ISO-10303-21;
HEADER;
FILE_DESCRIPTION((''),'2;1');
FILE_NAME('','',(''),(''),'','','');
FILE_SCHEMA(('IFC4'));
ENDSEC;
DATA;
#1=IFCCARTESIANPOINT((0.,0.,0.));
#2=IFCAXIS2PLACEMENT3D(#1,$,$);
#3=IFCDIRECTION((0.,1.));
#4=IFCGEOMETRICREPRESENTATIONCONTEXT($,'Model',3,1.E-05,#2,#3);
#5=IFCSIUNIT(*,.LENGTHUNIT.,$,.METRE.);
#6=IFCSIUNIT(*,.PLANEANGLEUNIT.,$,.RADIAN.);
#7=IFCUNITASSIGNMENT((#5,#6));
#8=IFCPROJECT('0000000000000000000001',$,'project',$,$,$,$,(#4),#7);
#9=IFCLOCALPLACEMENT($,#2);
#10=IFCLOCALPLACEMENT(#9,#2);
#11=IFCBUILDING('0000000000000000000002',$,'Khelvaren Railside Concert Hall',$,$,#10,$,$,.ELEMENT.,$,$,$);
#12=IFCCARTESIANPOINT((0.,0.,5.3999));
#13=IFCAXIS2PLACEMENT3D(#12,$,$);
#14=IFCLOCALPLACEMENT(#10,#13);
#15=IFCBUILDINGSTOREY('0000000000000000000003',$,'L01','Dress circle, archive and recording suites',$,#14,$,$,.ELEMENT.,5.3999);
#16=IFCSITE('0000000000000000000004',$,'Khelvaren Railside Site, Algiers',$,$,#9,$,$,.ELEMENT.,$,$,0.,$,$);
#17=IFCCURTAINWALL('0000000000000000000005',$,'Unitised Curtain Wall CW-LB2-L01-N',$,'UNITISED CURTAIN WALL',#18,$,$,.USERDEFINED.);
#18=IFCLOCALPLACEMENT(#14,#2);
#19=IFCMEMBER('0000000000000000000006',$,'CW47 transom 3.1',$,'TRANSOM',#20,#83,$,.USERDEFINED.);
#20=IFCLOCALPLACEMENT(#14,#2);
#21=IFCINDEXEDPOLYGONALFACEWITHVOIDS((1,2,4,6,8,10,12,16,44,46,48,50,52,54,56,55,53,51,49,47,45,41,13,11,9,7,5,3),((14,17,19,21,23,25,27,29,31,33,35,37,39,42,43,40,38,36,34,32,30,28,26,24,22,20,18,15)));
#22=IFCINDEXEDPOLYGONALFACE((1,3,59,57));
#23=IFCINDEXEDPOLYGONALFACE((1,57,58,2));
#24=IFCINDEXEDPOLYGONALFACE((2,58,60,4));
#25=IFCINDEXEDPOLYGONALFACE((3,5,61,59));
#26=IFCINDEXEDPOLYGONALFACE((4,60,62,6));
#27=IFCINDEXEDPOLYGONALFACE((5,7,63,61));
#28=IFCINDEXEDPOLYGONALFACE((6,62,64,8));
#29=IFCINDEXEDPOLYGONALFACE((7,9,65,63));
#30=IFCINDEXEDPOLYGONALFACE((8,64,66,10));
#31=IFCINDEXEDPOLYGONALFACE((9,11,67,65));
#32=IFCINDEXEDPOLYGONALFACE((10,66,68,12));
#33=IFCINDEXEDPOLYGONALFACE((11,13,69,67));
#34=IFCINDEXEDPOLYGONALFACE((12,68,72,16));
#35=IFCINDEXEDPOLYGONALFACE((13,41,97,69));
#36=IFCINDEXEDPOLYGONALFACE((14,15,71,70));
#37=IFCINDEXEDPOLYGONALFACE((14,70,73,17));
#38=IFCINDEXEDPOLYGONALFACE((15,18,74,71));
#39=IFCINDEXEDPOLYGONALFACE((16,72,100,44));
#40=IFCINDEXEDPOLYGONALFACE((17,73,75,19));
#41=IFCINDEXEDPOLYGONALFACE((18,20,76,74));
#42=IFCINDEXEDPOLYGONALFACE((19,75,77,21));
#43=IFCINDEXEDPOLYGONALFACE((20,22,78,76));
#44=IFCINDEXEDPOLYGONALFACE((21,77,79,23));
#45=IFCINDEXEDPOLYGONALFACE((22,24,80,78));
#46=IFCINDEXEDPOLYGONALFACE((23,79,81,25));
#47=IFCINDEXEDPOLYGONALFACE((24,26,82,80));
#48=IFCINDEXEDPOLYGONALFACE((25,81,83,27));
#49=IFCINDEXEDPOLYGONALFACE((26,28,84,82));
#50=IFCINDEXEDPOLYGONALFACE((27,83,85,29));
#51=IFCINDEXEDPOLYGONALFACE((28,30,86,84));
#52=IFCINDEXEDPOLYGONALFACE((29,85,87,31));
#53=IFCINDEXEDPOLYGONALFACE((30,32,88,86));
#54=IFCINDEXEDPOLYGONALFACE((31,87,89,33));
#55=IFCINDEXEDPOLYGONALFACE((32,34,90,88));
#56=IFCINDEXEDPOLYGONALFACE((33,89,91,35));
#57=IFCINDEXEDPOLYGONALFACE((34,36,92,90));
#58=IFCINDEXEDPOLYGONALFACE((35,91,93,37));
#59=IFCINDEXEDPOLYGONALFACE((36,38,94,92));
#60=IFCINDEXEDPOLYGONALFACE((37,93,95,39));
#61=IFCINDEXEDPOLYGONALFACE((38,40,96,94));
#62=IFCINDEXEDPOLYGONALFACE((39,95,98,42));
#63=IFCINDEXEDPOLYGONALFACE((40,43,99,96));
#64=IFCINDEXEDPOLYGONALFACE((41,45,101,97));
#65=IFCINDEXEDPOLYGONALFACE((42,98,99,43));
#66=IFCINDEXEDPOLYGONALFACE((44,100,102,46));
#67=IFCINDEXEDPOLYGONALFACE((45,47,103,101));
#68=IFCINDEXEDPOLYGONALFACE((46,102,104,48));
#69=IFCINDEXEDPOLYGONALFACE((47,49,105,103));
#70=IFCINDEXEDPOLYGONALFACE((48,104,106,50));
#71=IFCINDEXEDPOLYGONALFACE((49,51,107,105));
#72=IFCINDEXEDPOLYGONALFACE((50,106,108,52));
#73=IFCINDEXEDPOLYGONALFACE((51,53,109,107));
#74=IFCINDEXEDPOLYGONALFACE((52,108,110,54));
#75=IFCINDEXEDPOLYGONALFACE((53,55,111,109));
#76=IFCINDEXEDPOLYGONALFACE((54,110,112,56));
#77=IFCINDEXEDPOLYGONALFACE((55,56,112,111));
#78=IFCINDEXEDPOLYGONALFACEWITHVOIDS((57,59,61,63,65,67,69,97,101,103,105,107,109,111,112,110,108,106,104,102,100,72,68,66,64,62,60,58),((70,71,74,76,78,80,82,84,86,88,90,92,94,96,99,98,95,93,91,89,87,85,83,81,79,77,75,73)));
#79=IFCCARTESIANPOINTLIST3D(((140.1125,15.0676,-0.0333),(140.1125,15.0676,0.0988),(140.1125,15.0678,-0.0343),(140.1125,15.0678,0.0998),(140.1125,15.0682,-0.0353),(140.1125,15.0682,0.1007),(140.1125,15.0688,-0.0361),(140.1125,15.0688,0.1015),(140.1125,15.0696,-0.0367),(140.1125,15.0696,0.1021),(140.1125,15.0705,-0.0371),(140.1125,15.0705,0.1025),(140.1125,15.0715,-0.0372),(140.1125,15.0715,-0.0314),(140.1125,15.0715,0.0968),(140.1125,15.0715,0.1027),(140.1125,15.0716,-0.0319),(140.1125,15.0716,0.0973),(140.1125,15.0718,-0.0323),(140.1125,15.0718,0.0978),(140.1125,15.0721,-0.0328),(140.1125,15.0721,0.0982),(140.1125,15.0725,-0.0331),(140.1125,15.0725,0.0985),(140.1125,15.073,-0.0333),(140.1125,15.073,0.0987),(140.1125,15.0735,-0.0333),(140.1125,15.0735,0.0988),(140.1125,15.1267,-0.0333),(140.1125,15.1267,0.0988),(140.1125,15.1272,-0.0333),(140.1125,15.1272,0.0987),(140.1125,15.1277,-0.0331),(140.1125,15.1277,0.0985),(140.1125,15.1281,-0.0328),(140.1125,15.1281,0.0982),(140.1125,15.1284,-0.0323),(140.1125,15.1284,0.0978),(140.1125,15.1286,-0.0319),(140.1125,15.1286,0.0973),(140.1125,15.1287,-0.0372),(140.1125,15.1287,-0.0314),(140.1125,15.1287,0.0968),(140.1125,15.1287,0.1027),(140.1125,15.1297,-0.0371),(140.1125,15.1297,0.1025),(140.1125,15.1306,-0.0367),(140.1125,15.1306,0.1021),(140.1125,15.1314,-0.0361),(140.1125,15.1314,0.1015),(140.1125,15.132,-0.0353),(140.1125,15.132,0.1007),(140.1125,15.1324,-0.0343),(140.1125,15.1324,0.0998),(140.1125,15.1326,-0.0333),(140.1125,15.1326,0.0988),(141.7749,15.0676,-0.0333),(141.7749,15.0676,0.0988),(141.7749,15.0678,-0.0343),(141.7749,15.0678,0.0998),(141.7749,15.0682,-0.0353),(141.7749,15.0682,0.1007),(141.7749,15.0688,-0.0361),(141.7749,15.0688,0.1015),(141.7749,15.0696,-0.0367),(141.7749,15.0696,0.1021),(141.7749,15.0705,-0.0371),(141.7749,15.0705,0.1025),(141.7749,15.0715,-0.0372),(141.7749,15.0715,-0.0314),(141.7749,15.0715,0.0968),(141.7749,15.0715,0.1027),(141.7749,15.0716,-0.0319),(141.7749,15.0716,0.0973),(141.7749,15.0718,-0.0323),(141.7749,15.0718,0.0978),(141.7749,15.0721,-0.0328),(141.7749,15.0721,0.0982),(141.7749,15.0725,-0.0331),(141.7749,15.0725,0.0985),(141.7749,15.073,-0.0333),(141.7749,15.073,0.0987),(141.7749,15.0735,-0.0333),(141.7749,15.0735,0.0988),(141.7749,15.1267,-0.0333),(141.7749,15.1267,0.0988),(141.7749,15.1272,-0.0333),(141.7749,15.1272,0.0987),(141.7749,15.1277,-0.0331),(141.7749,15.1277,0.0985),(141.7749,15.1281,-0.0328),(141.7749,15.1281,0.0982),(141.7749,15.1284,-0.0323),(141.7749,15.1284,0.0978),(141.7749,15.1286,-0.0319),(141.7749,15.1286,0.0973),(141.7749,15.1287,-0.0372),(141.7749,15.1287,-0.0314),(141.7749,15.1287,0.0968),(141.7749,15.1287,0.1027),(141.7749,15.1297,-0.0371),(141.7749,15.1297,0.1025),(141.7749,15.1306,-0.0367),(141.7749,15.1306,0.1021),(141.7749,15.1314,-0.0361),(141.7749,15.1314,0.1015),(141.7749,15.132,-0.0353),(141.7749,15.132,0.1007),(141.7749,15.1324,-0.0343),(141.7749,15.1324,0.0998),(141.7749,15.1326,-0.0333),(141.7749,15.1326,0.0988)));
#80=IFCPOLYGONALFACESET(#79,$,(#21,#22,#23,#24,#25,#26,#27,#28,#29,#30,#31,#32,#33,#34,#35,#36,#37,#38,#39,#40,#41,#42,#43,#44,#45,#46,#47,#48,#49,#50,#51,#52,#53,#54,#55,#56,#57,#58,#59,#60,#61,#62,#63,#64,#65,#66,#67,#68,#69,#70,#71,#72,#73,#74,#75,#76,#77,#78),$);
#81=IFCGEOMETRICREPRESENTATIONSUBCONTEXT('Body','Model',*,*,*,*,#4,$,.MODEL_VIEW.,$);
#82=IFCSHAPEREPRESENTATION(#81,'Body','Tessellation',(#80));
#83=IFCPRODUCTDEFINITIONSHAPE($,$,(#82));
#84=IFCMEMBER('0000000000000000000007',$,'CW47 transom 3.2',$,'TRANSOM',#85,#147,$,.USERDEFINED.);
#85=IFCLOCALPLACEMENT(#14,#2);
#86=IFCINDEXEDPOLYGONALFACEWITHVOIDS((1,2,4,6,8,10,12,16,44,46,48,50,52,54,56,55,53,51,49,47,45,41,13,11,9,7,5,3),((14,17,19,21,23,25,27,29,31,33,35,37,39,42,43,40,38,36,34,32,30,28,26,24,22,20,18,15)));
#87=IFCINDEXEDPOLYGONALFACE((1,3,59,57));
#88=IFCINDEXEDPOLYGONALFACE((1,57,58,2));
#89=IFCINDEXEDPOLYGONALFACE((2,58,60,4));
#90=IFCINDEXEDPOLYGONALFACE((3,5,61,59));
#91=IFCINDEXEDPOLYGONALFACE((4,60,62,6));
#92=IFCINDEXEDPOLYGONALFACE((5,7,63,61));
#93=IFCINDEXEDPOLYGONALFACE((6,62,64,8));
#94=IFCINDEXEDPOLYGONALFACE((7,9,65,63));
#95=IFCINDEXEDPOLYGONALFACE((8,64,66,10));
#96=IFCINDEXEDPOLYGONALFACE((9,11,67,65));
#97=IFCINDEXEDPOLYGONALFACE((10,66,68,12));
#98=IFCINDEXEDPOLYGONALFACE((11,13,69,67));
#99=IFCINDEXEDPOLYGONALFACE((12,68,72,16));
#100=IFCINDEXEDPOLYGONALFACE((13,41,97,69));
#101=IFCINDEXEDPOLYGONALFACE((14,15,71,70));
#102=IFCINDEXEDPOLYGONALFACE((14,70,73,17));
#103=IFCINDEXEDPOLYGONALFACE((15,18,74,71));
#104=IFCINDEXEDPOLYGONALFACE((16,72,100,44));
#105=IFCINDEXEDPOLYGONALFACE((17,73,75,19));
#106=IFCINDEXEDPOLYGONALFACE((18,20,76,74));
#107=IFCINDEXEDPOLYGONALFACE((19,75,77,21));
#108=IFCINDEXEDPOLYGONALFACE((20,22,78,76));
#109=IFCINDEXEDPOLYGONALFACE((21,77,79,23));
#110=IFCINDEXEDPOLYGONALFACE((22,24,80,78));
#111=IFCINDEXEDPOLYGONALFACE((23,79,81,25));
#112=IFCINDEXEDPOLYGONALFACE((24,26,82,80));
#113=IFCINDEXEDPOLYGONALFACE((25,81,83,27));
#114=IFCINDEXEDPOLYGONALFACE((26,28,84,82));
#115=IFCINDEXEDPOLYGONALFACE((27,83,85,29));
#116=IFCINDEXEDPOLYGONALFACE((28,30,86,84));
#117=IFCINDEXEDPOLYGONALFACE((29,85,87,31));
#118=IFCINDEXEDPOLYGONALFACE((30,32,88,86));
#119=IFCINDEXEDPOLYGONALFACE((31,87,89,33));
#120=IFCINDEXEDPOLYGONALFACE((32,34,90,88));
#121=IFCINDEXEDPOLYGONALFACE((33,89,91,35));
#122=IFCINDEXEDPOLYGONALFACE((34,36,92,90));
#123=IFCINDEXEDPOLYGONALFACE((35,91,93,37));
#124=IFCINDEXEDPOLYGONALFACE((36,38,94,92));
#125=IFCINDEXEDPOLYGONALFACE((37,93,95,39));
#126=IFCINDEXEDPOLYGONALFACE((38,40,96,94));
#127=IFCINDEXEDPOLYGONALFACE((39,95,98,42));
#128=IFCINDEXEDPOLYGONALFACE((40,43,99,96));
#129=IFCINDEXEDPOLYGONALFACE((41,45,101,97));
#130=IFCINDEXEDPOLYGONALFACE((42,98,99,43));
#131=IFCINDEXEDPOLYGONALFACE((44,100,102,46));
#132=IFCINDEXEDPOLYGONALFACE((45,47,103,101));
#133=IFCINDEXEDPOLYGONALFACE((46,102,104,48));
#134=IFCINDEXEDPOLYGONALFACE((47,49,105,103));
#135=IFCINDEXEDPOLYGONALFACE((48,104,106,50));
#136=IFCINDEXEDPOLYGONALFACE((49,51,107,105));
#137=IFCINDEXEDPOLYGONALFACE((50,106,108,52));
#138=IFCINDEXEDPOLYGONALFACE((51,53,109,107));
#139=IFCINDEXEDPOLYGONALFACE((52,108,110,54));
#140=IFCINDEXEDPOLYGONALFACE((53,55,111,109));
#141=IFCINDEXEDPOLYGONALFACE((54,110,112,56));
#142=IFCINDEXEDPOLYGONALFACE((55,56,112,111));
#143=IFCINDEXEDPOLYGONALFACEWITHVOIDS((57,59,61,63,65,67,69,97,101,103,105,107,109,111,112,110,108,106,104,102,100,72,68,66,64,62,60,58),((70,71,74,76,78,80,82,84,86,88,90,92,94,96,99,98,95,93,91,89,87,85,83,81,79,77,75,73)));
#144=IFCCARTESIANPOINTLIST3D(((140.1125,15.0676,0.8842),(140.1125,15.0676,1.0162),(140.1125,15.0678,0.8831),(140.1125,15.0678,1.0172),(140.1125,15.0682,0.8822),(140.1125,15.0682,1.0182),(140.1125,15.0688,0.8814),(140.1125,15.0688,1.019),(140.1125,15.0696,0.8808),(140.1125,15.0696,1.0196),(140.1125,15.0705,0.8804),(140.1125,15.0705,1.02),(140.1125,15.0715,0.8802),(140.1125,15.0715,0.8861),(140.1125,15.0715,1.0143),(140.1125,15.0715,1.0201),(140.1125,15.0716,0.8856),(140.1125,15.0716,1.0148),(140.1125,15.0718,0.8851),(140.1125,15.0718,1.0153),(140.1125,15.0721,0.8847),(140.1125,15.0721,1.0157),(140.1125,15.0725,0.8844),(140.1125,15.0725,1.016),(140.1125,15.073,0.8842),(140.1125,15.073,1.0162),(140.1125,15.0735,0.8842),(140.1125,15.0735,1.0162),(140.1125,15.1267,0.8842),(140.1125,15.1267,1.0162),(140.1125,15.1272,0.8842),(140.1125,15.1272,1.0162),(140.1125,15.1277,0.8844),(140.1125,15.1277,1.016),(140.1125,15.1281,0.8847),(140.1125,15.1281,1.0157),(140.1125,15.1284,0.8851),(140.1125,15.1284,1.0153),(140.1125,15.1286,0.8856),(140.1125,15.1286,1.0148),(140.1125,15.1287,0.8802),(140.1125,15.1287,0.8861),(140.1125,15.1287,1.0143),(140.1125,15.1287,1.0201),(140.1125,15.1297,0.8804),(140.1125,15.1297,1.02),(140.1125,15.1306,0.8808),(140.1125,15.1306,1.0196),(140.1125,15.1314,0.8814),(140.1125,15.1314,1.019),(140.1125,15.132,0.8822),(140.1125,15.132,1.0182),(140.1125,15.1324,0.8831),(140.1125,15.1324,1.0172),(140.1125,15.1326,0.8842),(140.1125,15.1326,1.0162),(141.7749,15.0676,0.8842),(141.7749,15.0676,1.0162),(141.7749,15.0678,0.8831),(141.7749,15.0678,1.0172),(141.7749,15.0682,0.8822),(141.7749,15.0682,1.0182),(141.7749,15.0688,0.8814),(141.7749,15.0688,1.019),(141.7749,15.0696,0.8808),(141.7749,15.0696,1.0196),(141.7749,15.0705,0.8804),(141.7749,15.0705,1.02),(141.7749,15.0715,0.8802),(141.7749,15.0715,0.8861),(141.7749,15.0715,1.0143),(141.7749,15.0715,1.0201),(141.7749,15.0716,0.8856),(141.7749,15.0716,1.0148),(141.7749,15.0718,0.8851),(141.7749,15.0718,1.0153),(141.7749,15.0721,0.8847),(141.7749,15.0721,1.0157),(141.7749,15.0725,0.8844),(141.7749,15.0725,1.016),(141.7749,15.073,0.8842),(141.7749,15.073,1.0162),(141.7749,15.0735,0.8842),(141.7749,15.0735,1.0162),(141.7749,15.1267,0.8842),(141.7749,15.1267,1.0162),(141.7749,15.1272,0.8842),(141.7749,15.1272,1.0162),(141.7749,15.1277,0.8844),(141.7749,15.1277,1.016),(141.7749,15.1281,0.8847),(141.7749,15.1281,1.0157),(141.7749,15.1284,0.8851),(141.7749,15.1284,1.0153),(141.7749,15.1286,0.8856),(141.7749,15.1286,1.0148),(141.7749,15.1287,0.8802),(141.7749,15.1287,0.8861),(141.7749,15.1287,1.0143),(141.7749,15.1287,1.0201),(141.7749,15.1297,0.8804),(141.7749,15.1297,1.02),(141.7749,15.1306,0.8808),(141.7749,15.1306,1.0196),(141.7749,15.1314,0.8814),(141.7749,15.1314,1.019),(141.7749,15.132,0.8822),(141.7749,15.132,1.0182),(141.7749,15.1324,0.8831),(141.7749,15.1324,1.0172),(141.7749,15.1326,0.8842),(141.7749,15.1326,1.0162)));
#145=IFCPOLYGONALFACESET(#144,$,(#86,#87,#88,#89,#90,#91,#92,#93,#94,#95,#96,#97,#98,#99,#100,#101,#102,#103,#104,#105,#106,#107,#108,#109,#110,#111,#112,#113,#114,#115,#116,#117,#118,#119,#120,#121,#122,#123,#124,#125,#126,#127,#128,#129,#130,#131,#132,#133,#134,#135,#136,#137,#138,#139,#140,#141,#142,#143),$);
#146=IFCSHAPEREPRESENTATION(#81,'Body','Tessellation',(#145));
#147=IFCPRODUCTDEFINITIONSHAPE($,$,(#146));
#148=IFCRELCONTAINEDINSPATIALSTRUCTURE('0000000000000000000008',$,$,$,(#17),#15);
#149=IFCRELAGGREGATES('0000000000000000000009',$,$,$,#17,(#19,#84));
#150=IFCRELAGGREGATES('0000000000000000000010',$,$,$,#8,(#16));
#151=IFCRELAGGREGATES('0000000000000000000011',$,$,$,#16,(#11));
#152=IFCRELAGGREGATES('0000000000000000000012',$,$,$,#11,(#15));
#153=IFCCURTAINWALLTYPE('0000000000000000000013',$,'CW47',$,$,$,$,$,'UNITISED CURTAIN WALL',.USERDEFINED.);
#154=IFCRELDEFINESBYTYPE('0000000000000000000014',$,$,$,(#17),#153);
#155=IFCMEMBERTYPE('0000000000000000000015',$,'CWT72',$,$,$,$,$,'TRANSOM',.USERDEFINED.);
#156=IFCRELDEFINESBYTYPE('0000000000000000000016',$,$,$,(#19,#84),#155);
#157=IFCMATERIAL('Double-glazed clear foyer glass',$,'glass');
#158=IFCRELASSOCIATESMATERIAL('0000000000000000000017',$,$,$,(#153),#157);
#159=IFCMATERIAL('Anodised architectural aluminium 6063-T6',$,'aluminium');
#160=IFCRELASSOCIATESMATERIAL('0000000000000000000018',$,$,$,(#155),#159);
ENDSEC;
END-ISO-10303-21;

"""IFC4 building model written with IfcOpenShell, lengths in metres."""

from ifc_helpers import new_model, si_unit, direction, frame, origin, origin_2d, place, context, subcontext, project, spatial, hollow_rectangle, extrude, material, material_profile, profile_set, type_object, element, aggregate, save


model = new_model("IFC4")

# Units and contexts
model_context = context("Model", 3, precision=1e-05, world=origin(), true_north=direction((0.0, 1.0)))
body_context = subcontext(model_context, "Body", "Model", "MODEL_VIEW")
ifc_project = project(units=[si_unit("LENGTHUNIT", "METRE"), si_unit("PLANEANGLEUNIT", "RADIAN")], contexts=[model_context])

# Site, building, storey
site_placement = place(None, origin())
site = spatial("IfcSite", under=ifc_project, at=site_placement, Name="Khelvaren Railside Site, Algiers", CompositionType="ELEMENT", RefElevation=0.0)
building_placement = place(site_placement, origin())
building = spatial("IfcBuilding", under=site, at=building_placement, Name="Khelvaren Railside Concert Hall", CompositionType="ELEMENT")
storey_placement = place(building_placement, frame((0.0, 0.0, 5.3999)))
storey = spatial("IfcBuildingStorey", under=building, at=storey_placement, Name="L01", Description="Dress circle, archive and recording suites", CompositionType="ELEMENT", Elevation=5.3999)

# Shared definitions
ifc_material_1 = material(Name="Anodised architectural aluminium 6063-T6", Category="aluminium")

# Curtain wall
ifc_material_2 = material(Name="Double-glazed clear foyer glass", Category="glass")
curtain_wall_type_1 = type_object("IfcCurtainWallType", Name="CW47", ElementType="UNITISED CURTAIN WALL", PredefinedType="USERDEFINED", material=ifc_material_2)
curtain_wall_1_placement = place(storey_placement, origin())
curtain_wall_1 = element("IfcCurtainWall", 1, at=curtain_wall_1_placement, inside=storey, type_object=curtain_wall_type_1, Name="Unitised Curtain Wall CW-LB2-L01-N", ObjectType="UNITISED CURTAIN WALL", PredefinedType="USERDEFINED")

# Members
ifc_material_profile_1 = material_profile(ifc_material_1, hollow_rectangle(XDim=0.0649, YDim=0.1399, WallThickness=0.0039, InnerFilletRadius=0.002, OuterFilletRadius=0.0039, at=origin_2d()), Name="CWT 65x140x4")
ifc_profile_set_1 = profile_set([ifc_material_profile_1], Name="Anodised architectural aluminium 6063-T6")
member_type_1 = type_object("IfcMemberType", Name="CWT72", ElementType="TRANSOM", PredefinedType="USERDEFINED", material=ifc_profile_set_1)
member_1_placement = place(storey_placement, frame((140.1125, 15.1001, 0.0327), z_axis=(1.0, 0.0, 0.0), x_axis=(0.0, 1.0, 0.0)))
member_1 = element("IfcMember", 2, at=member_1_placement, type_object=member_type_1, Name="CW47 transom 3.1", ObjectType="TRANSOM", PredefinedType="USERDEFINED", context=body_context, shape_type="SweptSolid", body=[
    extrude(hollow_rectangle(XDim=0.0649, YDim=0.1399, WallThickness=0.0039, InnerFilletRadius=0.002, OuterFilletRadius=0.0039, at=origin_2d()), origin(), (0.0, 0.0, 1.0), 1.6624),
])
member_2_placement = place(storey_placement, frame((140.1125, 15.1001, 0.9502), z_axis=(1.0, 0.0, 0.0), x_axis=(0.0, 1.0, 0.0)))
member_2 = element("IfcMember", 3, at=member_2_placement, type_object=member_type_1, Name="CW47 transom 3.2", ObjectType="TRANSOM", PredefinedType="USERDEFINED", context=body_context, shape_type="SweptSolid", body=[
    extrude(hollow_rectangle(XDim=0.0649, YDim=0.1399, WallThickness=0.0039, InnerFilletRadius=0.002, OuterFilletRadius=0.0039, at=origin_2d()), origin(), (0.0, 0.0, 1.0), 1.6624),
])

aggregate(curtain_wall_1, [member_1, member_2])

save(model, "model.ifc")
